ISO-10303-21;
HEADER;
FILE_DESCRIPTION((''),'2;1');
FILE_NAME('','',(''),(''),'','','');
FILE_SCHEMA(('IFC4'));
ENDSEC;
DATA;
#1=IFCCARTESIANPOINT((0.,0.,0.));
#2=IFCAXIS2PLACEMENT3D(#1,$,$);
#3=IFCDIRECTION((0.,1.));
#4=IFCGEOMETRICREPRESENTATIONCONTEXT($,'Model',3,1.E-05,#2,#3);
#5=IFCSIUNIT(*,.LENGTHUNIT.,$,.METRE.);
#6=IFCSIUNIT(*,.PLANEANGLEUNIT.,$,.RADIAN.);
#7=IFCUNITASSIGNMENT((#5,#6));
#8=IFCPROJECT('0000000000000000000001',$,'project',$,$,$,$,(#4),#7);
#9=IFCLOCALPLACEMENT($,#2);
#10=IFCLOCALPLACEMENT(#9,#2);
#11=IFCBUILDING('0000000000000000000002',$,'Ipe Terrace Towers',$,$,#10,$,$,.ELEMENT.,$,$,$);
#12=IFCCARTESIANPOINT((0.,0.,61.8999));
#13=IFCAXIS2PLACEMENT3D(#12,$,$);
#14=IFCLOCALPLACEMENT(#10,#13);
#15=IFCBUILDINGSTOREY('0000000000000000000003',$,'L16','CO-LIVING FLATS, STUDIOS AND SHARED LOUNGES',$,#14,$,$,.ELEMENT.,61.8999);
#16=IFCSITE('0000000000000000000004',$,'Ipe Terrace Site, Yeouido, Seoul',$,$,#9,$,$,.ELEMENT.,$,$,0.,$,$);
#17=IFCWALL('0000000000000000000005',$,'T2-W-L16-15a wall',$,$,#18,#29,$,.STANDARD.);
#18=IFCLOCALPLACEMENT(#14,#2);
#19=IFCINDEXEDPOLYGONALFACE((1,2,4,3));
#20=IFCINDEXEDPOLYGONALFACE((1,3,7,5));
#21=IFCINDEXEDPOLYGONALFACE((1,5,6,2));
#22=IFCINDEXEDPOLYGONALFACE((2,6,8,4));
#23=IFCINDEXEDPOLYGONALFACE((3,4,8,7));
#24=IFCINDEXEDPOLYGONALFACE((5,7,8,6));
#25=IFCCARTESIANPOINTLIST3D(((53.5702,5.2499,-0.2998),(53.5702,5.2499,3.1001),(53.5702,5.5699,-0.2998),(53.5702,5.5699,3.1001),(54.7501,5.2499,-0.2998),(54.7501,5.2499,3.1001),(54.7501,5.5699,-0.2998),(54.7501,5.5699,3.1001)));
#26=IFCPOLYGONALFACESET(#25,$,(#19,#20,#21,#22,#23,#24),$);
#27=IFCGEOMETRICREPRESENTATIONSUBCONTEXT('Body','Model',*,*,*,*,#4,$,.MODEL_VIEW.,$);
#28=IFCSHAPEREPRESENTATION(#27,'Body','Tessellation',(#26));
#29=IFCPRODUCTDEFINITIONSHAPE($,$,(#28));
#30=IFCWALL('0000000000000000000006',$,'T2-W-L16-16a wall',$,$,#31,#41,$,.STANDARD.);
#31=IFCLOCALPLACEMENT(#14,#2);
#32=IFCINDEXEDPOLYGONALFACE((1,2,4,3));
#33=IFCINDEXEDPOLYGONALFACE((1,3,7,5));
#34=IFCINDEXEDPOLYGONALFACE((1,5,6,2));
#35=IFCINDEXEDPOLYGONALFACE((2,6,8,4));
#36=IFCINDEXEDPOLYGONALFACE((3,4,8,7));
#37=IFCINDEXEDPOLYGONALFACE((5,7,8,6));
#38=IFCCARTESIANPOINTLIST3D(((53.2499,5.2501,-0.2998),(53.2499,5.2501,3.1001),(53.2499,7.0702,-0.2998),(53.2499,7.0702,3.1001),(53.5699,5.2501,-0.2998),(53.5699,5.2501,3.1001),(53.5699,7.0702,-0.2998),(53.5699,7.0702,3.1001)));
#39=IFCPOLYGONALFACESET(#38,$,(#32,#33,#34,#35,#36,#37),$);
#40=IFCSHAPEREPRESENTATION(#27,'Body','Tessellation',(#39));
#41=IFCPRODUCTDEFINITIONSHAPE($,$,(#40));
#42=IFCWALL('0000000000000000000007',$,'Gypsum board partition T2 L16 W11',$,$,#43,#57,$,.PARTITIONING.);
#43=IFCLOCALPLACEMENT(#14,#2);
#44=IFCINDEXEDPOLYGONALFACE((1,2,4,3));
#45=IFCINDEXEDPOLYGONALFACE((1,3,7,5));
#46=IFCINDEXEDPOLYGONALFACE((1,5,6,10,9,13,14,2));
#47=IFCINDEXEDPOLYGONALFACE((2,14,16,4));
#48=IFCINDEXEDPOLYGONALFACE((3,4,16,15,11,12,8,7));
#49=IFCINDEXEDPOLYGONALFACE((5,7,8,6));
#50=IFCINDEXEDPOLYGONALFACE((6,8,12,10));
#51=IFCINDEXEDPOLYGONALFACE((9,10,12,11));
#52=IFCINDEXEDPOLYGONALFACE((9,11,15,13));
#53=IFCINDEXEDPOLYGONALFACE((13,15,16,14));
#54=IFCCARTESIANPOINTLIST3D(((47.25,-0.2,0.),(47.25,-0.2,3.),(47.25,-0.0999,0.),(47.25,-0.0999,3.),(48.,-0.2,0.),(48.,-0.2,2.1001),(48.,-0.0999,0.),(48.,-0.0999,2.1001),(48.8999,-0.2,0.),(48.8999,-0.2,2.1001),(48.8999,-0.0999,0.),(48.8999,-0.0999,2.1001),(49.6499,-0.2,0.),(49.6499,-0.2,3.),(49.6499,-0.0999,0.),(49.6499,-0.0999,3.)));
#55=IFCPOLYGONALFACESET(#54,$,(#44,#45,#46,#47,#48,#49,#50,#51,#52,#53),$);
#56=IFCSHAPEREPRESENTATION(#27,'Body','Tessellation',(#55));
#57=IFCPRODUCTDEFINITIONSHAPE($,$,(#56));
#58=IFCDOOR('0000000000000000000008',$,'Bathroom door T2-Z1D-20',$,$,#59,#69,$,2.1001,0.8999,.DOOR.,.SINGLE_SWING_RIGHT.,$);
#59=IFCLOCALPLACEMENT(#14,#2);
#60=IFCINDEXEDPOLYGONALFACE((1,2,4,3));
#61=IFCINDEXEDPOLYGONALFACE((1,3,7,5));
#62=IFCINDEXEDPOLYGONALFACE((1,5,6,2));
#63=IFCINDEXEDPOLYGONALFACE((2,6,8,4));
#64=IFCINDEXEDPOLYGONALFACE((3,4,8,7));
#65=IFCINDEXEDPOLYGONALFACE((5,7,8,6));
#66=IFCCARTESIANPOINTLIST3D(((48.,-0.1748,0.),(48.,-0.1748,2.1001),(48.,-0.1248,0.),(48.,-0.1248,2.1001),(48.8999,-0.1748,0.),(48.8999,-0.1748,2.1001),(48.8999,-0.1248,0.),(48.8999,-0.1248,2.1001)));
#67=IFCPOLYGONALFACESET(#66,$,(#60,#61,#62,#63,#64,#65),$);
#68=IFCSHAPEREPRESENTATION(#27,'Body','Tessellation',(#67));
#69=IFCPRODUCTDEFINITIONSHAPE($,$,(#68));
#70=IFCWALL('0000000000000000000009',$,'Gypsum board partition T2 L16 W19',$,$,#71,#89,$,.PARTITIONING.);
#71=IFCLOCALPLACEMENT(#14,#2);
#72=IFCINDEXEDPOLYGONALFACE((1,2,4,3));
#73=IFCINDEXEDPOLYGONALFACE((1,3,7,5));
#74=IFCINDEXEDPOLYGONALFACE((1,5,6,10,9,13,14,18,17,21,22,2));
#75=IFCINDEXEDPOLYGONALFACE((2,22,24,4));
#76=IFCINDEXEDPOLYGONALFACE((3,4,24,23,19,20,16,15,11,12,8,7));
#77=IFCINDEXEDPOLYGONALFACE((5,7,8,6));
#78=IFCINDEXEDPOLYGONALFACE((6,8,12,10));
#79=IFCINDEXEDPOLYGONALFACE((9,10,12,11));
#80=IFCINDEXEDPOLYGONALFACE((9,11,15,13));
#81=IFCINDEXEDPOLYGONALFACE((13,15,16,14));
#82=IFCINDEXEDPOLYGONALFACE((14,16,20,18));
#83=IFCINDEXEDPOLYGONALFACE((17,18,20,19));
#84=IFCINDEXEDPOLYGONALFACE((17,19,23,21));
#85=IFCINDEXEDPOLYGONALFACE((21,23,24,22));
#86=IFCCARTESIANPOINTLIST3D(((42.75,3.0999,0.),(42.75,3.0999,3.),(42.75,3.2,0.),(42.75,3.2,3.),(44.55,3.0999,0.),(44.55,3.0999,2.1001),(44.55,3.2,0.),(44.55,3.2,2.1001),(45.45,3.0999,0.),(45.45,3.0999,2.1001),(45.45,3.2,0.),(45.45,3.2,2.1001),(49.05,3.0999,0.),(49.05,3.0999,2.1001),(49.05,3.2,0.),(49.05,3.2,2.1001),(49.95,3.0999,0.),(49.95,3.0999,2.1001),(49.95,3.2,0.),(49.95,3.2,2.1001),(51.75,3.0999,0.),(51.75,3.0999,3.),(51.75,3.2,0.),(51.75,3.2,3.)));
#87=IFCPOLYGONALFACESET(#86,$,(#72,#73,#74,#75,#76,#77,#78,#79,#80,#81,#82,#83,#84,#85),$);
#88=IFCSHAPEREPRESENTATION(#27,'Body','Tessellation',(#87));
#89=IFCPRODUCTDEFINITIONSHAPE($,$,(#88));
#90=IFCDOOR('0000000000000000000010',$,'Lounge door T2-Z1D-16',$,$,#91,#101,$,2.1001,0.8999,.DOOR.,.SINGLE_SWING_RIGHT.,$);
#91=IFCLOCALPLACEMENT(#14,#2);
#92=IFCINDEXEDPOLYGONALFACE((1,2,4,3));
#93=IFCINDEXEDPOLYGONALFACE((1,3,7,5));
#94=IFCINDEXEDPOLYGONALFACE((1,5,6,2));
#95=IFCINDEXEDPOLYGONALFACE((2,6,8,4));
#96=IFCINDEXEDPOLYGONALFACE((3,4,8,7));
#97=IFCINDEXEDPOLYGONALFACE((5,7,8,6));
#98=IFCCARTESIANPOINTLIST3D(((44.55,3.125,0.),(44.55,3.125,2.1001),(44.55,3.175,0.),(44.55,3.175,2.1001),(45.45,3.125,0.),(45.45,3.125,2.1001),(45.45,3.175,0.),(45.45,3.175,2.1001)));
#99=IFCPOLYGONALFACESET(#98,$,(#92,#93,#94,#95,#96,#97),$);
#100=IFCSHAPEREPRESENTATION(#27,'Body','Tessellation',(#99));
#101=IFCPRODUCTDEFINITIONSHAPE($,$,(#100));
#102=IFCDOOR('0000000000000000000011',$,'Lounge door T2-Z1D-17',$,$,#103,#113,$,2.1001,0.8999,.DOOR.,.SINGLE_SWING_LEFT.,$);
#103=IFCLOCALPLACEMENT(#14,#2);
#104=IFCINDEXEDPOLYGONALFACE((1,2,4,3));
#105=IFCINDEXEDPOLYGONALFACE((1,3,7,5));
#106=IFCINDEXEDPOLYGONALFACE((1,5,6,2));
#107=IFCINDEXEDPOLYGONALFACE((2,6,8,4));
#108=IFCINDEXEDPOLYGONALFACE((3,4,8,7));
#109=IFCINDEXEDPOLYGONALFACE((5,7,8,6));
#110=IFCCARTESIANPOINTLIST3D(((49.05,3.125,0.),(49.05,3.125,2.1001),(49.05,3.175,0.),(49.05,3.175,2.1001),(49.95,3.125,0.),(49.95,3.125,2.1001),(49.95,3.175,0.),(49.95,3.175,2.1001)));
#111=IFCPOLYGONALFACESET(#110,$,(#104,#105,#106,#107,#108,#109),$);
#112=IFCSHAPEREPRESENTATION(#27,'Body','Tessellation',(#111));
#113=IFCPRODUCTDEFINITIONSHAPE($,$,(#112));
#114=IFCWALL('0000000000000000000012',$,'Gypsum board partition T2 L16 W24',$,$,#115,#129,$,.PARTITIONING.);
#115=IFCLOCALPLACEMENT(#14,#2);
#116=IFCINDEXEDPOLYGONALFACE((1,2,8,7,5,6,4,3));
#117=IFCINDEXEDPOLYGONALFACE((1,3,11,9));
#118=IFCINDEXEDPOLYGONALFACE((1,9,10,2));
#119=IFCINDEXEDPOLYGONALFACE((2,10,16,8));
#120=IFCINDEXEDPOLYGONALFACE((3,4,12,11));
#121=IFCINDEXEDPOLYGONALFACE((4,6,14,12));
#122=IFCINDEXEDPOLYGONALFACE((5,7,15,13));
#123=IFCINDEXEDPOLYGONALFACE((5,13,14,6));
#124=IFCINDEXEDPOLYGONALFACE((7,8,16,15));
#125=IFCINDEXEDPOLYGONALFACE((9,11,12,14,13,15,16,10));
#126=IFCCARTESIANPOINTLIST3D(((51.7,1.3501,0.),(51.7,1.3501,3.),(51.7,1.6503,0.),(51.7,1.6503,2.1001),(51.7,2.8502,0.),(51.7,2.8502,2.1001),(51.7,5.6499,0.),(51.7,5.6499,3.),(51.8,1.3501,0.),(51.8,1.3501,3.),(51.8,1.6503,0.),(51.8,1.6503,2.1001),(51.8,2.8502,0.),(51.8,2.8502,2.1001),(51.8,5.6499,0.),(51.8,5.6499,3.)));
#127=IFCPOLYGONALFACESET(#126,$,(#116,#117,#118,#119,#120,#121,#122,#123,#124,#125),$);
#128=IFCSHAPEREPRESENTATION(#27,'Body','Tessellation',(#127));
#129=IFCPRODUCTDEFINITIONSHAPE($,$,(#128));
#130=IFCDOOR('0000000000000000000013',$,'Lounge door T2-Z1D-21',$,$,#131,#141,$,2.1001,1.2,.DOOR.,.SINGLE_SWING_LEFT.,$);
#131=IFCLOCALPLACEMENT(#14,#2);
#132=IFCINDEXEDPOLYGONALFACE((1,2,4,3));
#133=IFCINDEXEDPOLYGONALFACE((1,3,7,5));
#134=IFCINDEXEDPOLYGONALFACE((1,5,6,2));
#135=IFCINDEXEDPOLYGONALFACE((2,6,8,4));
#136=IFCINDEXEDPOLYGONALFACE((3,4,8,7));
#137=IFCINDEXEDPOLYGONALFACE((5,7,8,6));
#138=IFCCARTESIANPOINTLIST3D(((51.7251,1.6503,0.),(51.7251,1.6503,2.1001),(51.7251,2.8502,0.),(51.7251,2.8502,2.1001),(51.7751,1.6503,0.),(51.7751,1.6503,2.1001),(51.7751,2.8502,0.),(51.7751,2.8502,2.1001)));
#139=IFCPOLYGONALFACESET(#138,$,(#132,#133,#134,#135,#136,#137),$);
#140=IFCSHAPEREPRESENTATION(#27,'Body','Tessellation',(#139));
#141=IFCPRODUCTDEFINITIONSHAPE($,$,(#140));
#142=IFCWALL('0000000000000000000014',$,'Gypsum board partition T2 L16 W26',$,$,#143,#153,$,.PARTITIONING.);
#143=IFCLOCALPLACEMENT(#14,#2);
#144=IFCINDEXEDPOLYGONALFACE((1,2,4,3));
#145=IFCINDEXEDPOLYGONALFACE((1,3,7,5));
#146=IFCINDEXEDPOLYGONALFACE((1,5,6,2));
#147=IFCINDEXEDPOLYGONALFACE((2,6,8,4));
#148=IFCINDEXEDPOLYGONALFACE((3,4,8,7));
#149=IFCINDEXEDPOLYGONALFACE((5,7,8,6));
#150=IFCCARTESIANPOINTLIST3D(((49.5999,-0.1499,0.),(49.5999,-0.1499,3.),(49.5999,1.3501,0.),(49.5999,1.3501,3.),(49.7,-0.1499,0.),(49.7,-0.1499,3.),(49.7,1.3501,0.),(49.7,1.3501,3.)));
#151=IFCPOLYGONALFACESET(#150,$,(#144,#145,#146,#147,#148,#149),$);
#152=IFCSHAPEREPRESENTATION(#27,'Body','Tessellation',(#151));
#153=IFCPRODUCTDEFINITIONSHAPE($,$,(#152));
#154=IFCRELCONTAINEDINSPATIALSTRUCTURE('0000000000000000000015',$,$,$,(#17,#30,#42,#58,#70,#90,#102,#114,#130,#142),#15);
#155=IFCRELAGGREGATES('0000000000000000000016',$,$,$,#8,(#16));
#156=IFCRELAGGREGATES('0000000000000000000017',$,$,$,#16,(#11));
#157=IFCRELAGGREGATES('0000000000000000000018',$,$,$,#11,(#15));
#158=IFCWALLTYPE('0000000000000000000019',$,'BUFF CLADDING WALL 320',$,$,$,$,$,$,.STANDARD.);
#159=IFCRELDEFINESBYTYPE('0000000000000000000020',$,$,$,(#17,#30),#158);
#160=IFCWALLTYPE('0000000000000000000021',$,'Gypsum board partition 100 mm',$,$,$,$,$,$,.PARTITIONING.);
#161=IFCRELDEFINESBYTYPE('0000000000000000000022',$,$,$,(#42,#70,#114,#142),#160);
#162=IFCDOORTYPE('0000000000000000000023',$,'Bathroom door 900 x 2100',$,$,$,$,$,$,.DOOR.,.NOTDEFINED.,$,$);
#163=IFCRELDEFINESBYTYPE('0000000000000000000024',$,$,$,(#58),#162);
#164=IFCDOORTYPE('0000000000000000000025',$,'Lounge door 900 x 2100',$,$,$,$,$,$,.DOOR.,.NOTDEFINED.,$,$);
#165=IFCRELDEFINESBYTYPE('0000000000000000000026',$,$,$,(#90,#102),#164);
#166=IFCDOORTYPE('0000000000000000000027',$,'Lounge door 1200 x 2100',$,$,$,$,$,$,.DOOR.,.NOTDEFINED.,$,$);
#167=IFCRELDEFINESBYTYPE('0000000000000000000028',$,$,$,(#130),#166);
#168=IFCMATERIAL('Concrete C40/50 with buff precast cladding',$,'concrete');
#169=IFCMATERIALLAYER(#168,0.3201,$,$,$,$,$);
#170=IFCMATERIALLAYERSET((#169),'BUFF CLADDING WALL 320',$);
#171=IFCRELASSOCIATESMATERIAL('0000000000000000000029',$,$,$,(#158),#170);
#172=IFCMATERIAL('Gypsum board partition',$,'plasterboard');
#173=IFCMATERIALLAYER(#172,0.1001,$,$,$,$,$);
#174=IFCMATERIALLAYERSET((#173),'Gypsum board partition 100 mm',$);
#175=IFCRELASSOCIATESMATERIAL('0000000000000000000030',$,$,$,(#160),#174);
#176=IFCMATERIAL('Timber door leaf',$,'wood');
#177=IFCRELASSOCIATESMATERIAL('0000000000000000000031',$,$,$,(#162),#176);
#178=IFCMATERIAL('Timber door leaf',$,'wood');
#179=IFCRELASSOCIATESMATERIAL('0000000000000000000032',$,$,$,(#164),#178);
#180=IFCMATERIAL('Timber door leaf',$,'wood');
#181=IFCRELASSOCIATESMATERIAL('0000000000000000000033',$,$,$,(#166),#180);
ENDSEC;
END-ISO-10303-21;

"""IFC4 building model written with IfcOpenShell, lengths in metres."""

from ifc_helpers import new_model, si_unit, direction, frame, frame_2d, origin, place, context, subcontext, project, spatial, rectangle, extrude, material, layer, layer_set, type_object, element, fill, save


model = new_model("IFC4")

# Units and contexts
model_context = context("Model", 3, precision=1e-05, world=origin(), true_north=direction((0.0, 1.0)))
body_context = subcontext(model_context, "Body", "Model", "MODEL_VIEW")
ifc_project = project(units=[si_unit("LENGTHUNIT", "METRE"), si_unit("PLANEANGLEUNIT", "RADIAN")], contexts=[model_context])

# Site, building, storey
site_placement = place(None, origin())
site = spatial("IfcSite", under=ifc_project, at=site_placement, Name="Ipe Terrace Site, Yeouido, Seoul", CompositionType="ELEMENT", RefElevation=0.0)
building_placement = place(site_placement, origin())
building = spatial("IfcBuilding", under=site, at=building_placement, Name="Ipe Terrace Towers", CompositionType="ELEMENT")
storey_placement = place(building_placement, frame((0.0, 0.0, 61.8999)))
storey = spatial("IfcBuildingStorey", under=building, at=storey_placement, Name="L16", Description="CO-LIVING FLATS, STUDIOS AND SHARED LOUNGES", CompositionType="ELEMENT", Elevation=61.8999)

# Walls
ifc_material_1 = material(Name="Concrete C40/50 with buff precast cladding", Category="concrete")
ifc_layer_1 = layer(ifc_material_1, 0.3201)
ifc_layer_set_1 = layer_set([ifc_layer_1], Name="BUFF CLADDING WALL 320")
wall_type_1 = type_object("IfcWallType", Name="BUFF CLADDING WALL 320", PredefinedType="STANDARD", material=ifc_layer_set_1)
wall_1_placement = place(storey_placement, frame((54.75, 5.4099, -0.2998), z_axis=(0.0, 0.0, 1.0), x_axis=(-1.0, 0.0, 0.0)))
element("IfcWall", 1, at=wall_1_placement, inside=storey, type_object=wall_type_1, Name="T2-W-L16-15a wall", PredefinedType="STANDARD", context=body_context, shape_type="SweptSolid", body=[
    extrude(rectangle(XDim=1.1799, YDim=0.3201, at=frame_2d((0.5898, 0.0))), origin(), (0.0, 0.0, 1.0), 3.3999),
])
wall_2_placement = place(storey_placement, frame((53.4099, 5.25, -0.2998), z_axis=(0.0, 0.0, 1.0), x_axis=(0.0, 1.0, 0.0)))
element("IfcWall", 2, at=wall_2_placement, inside=storey, type_object=wall_type_1, Name="T2-W-L16-16a wall", PredefinedType="STANDARD", context=body_context, shape_type="SweptSolid", body=[
    extrude(rectangle(XDim=1.8201, YDim=0.3201, at=frame_2d((0.9102, 0.0))), origin(), (0.0, 0.0, 1.0), 3.3999),
])

# Wall, opening, door
ifc_material_2 = material(Name="Gypsum board partition", Category="plasterboard")
ifc_layer_2 = layer(ifc_material_2, 0.1001)
ifc_layer_set_2 = layer_set([ifc_layer_2], Name="Gypsum board partition 100 mm")
wall_type_2 = type_object("IfcWallType", Name="Gypsum board partition 100 mm", PredefinedType="PARTITIONING", material=ifc_layer_set_2)
wall_3_placement = place(storey_placement, frame((49.6499, -0.1499, 0.0), z_axis=(0.0, 0.0, 1.0), x_axis=(-1.0, 0.0, 0.0)))
wall_3 = element("IfcWall", 3, at=wall_3_placement, inside=storey, type_object=wall_type_2, Name="Gypsum board partition T2 L16 W11", PredefinedType="PARTITIONING", context=body_context, shape_type="SweptSolid", body=[
    extrude(rectangle(XDim=2.3999, YDim=0.1001, at=frame_2d((1.2, 0.0))), origin(), (0.0, 0.0, 1.0), 3.0),
])
opening_1_placement = place(wall_3_placement, frame((0.75, 0.0, 0.0)))
opening_1 = element("IfcOpeningElement", 4, at=opening_1_placement, cuts=wall_3, PredefinedType="OPENING", context=body_context, shape_type="SweptSolid", body=[
    extrude(rectangle(XDim=0.8999, YDim=2.1001, at=frame_2d((0.45, 1.05))), frame((0.0, 0.0601, 0.0), z_axis=(0.0, -1.0, 0.0), x_axis=(1.0, 0.0, 0.0)), (0.0, 0.0, 1.0), 0.1201),
])
ifc_material_3 = material(Name="Timber door leaf", Category="wood")
door_type_1 = type_object("IfcDoorType", Name="Bathroom door 900 x 2100", OperationType="NOTDEFINED", PredefinedType="DOOR", material=ifc_material_3)
door_1_placement = place(opening_1_placement, origin())
door_1 = element("IfcDoor", 5, at=door_1_placement, inside=storey, type_object=door_type_1, Name="Bathroom door T2-Z1D-20", OperationType="SINGLE_SWING_RIGHT", OverallHeight=2.1001, OverallWidth=0.8999, PredefinedType="DOOR", context=body_context, shape_type="SweptSolid", body=[
    extrude(rectangle(XDim=0.8999, YDim=2.1001, at=frame_2d((0.45, 1.05))), frame((0.0, 0.0249, 0.0), z_axis=(0.0, -1.0, 0.0), x_axis=(1.0, 0.0, 0.0)), (0.0, 0.0, 1.0), 0.05),
])
fill(opening_1, door_1)

# Wall, openings, doors
wall_4_placement = place(storey_placement, frame((51.75, 3.1499, 0.0), z_axis=(0.0, 0.0, 1.0), x_axis=(-1.0, 0.0, 0.0)))
wall_4 = element("IfcWall", 6, at=wall_4_placement, inside=storey, type_object=wall_type_2, Name="Gypsum board partition T2 L16 W19", PredefinedType="PARTITIONING", context=body_context, shape_type="SweptSolid", body=[
    extrude(rectangle(XDim=9.0, YDim=0.1001, at=frame_2d((4.5, 0.0))), origin(), (0.0, 0.0, 1.0), 3.0),
])
opening_2_placement = place(wall_4_placement, frame((6.3, 0.0, 0.0)))
opening_2 = element("IfcOpeningElement", 7, at=opening_2_placement, cuts=wall_4, PredefinedType="OPENING", context=body_context, shape_type="SweptSolid", body=[
    extrude(rectangle(XDim=0.8999, YDim=2.1001, at=frame_2d((0.45, 1.05))), frame((0.0, 0.0601, 0.0), z_axis=(0.0, -1.0, 0.0), x_axis=(1.0, 0.0, 0.0)), (0.0, 0.0, 1.0), 0.1201),
])
opening_3_placement = place(wall_4_placement, frame((1.8, 0.0, 0.0)))
opening_3 = element("IfcOpeningElement", 8, at=opening_3_placement, cuts=wall_4, PredefinedType="OPENING", context=body_context, shape_type="SweptSolid", body=[
    extrude(rectangle(XDim=0.8999, YDim=2.1001, at=frame_2d((0.45, 1.05))), frame((0.0, 0.0601, 0.0), z_axis=(0.0, -1.0, 0.0), x_axis=(1.0, 0.0, 0.0)), (0.0, 0.0, 1.0), 0.1201),
])
ifc_material_4 = material(Name="Timber door leaf", Category="wood")
door_type_2 = type_object("IfcDoorType", Name="Lounge door 900 x 2100", OperationType="NOTDEFINED", PredefinedType="DOOR", material=ifc_material_4)
door_2_placement = place(opening_2_placement, origin())
door_2 = element("IfcDoor", 9, at=door_2_placement, inside=storey, type_object=door_type_2, Name="Lounge door T2-Z1D-16", OperationType="SINGLE_SWING_RIGHT", OverallHeight=2.1001, OverallWidth=0.8999, PredefinedType="DOOR", context=body_context, shape_type="SweptSolid", body=[
    extrude(rectangle(XDim=0.8999, YDim=2.1001, at=frame_2d((0.45, 1.05))), frame((0.0, 0.0249, 0.0), z_axis=(0.0, -1.0, 0.0), x_axis=(1.0, 0.0, 0.0)), (0.0, 0.0, 1.0), 0.05),
])
fill(opening_2, door_2)
door_3_placement = place(opening_3_placement, origin())
door_3 = element("IfcDoor", 10, at=door_3_placement, inside=storey, type_object=door_type_2, Name="Lounge door T2-Z1D-17", OperationType="SINGLE_SWING_LEFT", OverallHeight=2.1001, OverallWidth=0.8999, PredefinedType="DOOR", context=body_context, shape_type="SweptSolid", body=[
    extrude(rectangle(XDim=0.8999, YDim=2.1001, at=frame_2d((0.45, 1.05))), frame((0.0, 0.0249, 0.0), z_axis=(0.0, -1.0, 0.0), x_axis=(1.0, 0.0, 0.0)), (0.0, 0.0, 1.0), 0.05),
])
fill(opening_3, door_3)

# Wall, opening, door
wall_5_placement = place(storey_placement, frame((51.75, 1.3501, 0.0), z_axis=(0.0, 0.0, 1.0), x_axis=(0.0, 1.0, 0.0)))
wall_5 = element("IfcWall", 11, at=wall_5_placement, inside=storey, type_object=wall_type_2, Name="Gypsum board partition T2 L16 W24", PredefinedType="PARTITIONING", context=body_context, shape_type="SweptSolid", body=[
    extrude(rectangle(XDim=4.2998, YDim=0.1001, at=frame_2d((2.1499, 0.0))), origin(), (0.0, 0.0, 1.0), 3.0),
])
opening_4_placement = place(wall_5_placement, frame((0.3, 0.0, 0.0)))
opening_4 = element("IfcOpeningElement", 12, at=opening_4_placement, cuts=wall_5, PredefinedType="OPENING", context=body_context, shape_type="SweptSolid", body=[
    extrude(rectangle(XDim=1.2, YDim=2.1001, at=frame_2d((0.6001, 1.05))), frame((0.0, 0.0601, 0.0), z_axis=(0.0, -1.0, 0.0), x_axis=(1.0, 0.0, 0.0)), (0.0, 0.0, 1.0), 0.1201),
])
ifc_material_5 = material(Name="Timber door leaf", Category="wood")
door_type_3 = type_object("IfcDoorType", Name="Lounge door 1200 x 2100", OperationType="NOTDEFINED", PredefinedType="DOOR", material=ifc_material_5)
door_4_placement = place(opening_4_placement, origin())
door_4 = element("IfcDoor", 13, at=door_4_placement, inside=storey, type_object=door_type_3, Name="Lounge door T2-Z1D-21", OperationType="SINGLE_SWING_LEFT", OverallHeight=2.1001, OverallWidth=1.2, PredefinedType="DOOR", context=body_context, shape_type="SweptSolid", body=[
    extrude(rectangle(XDim=1.2, YDim=2.1001, at=frame_2d((0.6001, 1.05))), frame((0.0, 0.0249, 0.0), z_axis=(0.0, -1.0, 0.0), x_axis=(1.0, 0.0, 0.0)), (0.0, 0.0, 1.0), 0.05),
])
fill(opening_4, door_4)

# Wall
wall_6_placement = place(storey_placement, frame((49.6499, -0.1499, 0.0), z_axis=(0.0, 0.0, 1.0), x_axis=(0.0, 1.0, 0.0)))
element("IfcWall", 14, at=wall_6_placement, inside=storey, type_object=wall_type_2, Name="Gypsum board partition T2 L16 W26", PredefinedType="PARTITIONING", context=body_context, shape_type="SweptSolid", body=[
    extrude(rectangle(XDim=1.5, YDim=0.1001, at=frame_2d((0.75, 0.0))), origin(), (0.0, 0.0, 1.0), 3.0),
])

save(model, "model.ifc")
